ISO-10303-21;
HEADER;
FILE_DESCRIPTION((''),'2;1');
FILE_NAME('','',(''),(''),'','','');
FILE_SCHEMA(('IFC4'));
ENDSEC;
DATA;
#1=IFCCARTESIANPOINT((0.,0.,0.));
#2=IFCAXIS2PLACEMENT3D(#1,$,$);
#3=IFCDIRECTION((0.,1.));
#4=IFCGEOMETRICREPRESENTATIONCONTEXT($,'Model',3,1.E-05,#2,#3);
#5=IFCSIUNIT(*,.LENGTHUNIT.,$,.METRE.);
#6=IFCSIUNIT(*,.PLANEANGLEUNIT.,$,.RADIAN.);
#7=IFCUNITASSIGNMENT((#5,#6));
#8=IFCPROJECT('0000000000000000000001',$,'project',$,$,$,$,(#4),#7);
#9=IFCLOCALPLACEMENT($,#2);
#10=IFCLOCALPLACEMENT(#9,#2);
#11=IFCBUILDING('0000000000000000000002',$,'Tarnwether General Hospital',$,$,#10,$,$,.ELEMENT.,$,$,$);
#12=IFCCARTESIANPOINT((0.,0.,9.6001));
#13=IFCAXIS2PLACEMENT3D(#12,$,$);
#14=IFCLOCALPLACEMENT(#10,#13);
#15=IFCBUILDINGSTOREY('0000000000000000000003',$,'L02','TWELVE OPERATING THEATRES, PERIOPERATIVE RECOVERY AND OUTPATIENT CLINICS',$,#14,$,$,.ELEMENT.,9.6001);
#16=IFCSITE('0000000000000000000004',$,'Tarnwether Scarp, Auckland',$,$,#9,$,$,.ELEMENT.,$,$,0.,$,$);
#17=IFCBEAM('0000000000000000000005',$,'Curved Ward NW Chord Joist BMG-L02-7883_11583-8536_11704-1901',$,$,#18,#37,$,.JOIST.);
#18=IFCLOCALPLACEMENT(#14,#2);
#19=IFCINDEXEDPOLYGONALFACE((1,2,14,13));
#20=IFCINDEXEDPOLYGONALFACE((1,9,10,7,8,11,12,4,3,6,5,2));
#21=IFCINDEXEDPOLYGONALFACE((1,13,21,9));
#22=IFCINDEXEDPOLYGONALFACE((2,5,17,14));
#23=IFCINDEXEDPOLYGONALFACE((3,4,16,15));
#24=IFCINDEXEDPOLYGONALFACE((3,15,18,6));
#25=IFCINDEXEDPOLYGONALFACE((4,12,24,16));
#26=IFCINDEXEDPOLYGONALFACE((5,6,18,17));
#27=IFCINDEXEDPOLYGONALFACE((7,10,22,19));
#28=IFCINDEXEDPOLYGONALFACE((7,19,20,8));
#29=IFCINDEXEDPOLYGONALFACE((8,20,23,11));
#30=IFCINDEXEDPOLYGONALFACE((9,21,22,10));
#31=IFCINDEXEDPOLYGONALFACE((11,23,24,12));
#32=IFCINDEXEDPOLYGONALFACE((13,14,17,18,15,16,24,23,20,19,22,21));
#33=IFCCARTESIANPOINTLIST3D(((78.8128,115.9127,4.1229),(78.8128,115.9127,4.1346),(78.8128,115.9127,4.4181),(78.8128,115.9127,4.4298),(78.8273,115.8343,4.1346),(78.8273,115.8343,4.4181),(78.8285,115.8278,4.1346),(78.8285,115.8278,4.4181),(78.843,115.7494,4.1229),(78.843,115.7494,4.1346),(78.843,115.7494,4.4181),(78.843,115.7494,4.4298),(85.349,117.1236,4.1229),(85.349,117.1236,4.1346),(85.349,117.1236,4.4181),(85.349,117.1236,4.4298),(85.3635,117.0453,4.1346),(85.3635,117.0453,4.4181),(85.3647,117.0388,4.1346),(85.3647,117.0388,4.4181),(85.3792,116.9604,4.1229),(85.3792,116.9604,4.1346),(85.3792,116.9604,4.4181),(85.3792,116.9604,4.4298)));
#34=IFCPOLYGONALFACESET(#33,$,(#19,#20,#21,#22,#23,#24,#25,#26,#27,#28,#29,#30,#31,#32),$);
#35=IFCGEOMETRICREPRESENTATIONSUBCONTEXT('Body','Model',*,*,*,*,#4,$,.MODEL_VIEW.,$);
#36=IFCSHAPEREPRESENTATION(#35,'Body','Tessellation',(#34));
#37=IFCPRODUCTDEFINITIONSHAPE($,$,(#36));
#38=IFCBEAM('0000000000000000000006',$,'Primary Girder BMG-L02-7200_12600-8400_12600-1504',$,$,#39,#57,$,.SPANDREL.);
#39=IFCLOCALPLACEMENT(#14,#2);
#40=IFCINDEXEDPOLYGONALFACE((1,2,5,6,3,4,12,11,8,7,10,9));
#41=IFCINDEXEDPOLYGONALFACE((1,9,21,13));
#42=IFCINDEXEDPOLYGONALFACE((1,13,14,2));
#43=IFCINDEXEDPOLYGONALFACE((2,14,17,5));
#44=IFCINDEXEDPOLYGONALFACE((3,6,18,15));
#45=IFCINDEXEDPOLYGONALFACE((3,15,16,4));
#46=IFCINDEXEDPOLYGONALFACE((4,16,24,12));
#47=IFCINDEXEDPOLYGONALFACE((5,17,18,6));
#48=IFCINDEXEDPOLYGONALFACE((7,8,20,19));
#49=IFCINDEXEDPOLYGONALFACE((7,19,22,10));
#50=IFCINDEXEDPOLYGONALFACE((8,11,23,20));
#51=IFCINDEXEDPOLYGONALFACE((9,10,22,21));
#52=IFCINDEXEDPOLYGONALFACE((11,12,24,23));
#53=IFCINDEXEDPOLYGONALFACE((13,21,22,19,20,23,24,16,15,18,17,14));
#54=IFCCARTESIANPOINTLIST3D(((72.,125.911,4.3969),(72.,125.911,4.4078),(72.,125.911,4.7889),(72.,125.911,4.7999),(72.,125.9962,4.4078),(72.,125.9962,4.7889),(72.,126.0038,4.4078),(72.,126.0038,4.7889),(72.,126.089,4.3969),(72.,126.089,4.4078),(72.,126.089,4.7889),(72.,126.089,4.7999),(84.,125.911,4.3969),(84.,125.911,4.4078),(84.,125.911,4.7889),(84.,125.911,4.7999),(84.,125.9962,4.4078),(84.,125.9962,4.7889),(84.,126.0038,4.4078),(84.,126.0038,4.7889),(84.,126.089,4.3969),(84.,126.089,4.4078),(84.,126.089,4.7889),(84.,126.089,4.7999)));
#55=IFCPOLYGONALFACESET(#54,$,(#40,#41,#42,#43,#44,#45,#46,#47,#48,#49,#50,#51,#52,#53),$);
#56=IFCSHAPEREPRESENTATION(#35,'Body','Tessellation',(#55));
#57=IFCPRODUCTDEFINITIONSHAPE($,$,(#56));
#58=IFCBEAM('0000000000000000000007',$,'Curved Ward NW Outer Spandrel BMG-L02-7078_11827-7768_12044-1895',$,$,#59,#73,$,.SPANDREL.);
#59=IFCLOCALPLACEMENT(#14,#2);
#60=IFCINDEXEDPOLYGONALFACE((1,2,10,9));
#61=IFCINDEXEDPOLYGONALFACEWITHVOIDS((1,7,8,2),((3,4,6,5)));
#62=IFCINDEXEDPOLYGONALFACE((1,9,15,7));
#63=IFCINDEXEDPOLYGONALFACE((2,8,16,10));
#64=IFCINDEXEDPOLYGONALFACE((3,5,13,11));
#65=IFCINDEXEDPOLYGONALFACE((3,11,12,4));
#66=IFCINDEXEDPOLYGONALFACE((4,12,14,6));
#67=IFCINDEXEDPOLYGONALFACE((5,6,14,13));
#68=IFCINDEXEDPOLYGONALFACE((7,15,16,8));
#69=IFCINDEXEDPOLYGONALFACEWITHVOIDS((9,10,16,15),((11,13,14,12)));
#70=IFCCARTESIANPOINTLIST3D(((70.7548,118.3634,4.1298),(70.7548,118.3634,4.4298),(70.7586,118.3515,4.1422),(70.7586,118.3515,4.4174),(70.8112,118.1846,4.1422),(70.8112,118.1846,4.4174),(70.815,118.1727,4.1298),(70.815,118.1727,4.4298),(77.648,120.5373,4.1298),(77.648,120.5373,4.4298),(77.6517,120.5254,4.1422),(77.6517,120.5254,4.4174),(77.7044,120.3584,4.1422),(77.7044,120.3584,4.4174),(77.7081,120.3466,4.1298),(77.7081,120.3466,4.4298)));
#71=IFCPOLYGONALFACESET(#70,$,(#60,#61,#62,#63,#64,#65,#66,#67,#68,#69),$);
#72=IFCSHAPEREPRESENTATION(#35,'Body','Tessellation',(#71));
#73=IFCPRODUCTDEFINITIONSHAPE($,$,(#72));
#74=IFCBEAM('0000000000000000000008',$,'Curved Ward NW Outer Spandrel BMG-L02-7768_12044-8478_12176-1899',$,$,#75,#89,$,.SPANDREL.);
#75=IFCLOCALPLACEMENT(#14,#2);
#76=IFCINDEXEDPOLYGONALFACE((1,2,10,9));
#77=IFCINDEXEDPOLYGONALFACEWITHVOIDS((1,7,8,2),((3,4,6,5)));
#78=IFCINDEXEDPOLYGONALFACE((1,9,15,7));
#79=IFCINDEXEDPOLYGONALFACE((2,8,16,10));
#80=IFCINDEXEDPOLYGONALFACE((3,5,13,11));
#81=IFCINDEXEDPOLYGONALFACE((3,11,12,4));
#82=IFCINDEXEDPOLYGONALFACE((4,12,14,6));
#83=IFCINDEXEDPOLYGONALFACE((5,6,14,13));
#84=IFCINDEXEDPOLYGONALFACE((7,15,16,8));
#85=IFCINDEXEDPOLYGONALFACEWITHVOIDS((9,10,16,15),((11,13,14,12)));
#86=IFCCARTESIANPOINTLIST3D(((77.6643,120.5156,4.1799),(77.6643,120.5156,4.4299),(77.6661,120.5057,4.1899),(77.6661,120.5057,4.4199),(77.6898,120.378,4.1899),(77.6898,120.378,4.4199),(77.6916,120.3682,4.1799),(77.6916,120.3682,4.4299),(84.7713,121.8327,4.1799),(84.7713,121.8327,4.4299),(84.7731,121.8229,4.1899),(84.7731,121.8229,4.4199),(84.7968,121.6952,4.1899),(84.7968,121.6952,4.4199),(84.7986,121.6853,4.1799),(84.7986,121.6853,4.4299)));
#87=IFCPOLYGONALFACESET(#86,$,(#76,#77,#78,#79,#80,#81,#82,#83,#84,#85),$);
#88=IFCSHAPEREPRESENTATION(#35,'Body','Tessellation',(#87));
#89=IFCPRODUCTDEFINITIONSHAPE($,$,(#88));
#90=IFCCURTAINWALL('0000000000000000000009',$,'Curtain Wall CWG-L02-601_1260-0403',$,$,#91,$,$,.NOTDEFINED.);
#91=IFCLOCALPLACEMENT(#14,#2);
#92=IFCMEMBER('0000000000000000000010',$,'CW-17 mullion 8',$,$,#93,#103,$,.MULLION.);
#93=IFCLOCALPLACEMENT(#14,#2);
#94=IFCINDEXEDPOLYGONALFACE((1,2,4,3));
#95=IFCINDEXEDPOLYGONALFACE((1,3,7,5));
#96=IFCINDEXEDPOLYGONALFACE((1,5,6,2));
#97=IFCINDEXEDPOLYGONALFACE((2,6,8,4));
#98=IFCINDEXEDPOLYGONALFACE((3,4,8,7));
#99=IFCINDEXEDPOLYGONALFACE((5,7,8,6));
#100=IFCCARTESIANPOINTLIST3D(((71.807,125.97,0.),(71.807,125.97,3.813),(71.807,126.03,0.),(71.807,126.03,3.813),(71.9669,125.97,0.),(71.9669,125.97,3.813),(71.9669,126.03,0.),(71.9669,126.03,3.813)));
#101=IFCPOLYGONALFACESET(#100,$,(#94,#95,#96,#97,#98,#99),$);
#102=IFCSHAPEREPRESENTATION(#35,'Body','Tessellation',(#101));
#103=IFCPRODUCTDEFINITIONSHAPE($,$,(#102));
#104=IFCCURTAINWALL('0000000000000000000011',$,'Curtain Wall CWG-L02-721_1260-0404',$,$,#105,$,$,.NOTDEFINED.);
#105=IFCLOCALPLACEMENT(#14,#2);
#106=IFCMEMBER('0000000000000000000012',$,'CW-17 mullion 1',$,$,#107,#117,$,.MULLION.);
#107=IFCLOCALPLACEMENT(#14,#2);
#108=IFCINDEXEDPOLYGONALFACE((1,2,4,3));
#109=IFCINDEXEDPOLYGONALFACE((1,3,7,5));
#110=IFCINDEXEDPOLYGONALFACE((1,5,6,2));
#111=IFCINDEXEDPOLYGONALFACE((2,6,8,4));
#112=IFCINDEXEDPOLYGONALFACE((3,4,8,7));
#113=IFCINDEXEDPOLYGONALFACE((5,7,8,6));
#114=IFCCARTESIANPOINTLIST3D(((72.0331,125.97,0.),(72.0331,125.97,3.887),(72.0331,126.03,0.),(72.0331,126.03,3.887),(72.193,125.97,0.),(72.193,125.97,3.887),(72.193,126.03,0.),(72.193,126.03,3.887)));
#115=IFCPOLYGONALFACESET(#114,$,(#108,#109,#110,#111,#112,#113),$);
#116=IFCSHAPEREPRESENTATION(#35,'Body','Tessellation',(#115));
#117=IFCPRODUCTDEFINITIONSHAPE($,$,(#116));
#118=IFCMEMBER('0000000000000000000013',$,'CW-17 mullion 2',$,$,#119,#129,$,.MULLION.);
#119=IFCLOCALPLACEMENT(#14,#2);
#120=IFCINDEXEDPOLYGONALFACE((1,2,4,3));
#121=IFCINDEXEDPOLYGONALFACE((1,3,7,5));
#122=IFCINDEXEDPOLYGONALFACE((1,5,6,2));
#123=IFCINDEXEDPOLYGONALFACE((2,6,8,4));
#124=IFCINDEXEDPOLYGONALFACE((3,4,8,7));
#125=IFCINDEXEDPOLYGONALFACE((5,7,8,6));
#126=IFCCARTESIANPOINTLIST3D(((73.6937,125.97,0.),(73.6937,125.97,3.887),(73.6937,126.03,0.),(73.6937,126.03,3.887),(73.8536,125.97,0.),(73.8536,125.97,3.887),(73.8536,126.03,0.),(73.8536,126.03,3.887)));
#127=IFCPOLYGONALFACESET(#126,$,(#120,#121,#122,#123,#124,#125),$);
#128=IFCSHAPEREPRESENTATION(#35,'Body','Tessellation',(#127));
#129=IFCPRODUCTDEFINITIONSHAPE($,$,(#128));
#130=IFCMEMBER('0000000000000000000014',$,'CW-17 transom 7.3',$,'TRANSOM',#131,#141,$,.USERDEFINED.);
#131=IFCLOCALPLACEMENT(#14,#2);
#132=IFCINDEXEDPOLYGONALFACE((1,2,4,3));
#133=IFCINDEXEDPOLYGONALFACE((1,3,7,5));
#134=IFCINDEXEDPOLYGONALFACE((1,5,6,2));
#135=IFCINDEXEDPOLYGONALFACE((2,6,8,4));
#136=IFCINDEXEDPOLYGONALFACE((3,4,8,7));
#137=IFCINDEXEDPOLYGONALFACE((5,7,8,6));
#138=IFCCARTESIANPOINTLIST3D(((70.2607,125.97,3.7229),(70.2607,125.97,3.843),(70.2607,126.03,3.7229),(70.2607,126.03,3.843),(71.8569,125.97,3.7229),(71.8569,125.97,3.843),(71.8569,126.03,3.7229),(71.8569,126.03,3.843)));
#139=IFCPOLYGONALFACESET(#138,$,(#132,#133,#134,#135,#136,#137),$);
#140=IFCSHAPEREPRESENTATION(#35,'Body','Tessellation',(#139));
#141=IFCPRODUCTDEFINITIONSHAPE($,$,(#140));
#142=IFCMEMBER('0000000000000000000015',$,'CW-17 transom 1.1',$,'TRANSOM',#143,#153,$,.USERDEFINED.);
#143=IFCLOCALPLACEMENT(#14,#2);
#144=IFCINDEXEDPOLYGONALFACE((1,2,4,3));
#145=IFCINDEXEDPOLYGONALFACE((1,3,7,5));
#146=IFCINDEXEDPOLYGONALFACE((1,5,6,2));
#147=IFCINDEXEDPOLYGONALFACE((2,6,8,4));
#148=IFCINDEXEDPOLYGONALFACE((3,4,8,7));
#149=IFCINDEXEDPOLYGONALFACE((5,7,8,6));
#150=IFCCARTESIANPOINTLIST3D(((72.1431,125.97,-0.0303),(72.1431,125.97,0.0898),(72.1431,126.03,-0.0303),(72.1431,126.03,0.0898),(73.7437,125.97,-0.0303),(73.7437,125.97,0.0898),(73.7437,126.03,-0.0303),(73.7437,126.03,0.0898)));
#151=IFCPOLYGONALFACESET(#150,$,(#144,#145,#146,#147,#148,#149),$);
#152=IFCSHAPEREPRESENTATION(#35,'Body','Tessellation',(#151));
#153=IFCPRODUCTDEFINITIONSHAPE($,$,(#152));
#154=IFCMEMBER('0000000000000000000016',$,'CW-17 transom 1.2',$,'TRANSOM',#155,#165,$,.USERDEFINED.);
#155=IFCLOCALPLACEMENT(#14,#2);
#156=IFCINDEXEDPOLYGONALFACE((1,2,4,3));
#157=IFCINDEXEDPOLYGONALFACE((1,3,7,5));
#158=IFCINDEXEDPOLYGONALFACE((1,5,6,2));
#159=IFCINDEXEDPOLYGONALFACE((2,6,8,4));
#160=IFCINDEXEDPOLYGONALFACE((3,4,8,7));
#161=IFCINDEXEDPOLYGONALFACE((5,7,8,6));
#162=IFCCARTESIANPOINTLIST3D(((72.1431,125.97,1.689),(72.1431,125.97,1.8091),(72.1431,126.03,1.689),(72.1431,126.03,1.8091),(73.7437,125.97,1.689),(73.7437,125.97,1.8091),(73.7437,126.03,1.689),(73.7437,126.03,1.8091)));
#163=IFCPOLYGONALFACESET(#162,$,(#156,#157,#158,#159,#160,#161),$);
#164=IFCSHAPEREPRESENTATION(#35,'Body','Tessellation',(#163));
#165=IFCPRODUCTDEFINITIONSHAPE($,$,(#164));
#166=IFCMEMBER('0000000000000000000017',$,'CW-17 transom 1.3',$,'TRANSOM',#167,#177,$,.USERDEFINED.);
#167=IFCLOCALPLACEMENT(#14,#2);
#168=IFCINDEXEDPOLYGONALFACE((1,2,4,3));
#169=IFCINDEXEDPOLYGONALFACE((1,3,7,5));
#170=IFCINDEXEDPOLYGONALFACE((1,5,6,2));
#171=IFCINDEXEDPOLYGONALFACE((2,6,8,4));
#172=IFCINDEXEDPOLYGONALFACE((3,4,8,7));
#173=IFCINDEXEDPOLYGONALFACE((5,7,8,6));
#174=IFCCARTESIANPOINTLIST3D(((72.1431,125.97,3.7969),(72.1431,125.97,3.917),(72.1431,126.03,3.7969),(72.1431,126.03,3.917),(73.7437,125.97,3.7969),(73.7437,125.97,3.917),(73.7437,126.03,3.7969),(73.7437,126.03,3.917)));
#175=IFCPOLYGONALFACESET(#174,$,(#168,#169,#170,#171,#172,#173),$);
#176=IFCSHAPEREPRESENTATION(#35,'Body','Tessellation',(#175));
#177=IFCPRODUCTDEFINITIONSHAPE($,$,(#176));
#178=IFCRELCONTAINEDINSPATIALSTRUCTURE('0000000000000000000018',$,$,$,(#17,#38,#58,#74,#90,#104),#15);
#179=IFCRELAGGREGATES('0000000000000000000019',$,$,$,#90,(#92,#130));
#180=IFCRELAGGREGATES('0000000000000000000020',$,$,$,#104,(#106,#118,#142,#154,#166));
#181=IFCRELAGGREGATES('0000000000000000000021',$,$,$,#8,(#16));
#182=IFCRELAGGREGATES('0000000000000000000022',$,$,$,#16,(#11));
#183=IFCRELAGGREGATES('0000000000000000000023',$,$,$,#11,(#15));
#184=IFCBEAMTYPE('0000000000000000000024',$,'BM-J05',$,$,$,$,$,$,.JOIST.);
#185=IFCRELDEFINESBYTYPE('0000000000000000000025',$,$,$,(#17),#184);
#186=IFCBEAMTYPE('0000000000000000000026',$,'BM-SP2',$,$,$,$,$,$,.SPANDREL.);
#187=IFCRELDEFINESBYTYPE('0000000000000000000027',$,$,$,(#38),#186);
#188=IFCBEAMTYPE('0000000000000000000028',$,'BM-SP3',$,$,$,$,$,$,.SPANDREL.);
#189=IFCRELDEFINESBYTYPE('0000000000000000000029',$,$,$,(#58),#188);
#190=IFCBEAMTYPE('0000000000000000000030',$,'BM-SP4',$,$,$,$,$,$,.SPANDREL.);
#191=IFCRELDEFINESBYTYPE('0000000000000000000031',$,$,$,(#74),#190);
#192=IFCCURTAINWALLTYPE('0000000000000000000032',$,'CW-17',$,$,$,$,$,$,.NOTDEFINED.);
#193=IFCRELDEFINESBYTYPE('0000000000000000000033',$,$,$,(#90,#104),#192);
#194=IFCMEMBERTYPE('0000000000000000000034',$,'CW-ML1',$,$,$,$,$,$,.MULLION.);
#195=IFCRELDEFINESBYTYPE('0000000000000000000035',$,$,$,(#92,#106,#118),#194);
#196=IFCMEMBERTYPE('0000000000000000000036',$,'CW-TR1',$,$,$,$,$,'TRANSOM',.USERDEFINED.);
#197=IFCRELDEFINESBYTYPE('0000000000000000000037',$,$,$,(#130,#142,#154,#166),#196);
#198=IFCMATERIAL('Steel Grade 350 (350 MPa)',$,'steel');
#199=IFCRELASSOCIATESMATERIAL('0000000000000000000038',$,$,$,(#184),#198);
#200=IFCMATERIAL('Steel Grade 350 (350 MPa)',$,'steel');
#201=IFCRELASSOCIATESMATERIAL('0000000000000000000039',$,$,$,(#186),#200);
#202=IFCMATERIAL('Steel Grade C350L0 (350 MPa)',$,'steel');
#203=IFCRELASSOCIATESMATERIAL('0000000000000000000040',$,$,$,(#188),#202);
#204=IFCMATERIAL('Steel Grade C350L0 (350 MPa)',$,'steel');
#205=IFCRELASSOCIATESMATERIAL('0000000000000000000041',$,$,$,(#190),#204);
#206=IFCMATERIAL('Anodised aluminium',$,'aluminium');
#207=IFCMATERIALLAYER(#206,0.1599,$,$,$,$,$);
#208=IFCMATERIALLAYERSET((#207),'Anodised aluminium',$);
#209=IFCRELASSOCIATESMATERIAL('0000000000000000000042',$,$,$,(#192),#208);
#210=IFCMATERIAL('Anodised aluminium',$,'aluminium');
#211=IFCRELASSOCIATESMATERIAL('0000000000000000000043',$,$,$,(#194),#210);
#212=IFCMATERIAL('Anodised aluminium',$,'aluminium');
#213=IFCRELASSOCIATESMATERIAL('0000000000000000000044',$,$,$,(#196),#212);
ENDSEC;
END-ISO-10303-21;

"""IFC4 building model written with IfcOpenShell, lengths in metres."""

from ifc_helpers import new_model, si_unit, direction, frame, origin, origin_2d, place, context, subcontext, project, spatial, rectangle, hollow_rectangle, i_section, extrude, material, layer, layer_set, material_profile, profile_set, type_object, element, aggregate, save


model = new_model("IFC4")

# Units and contexts
model_context = context("Model", 3, precision=1e-05, world=origin(), true_north=direction((0.0, 1.0)))
body_context = subcontext(model_context, "Body", "Model", "MODEL_VIEW")
ifc_project = project(units=[si_unit("LENGTHUNIT", "METRE"), si_unit("PLANEANGLEUNIT", "RADIAN")], contexts=[model_context])

# Site, building, storey
site_placement = place(None, origin())
site = spatial("IfcSite", under=ifc_project, at=site_placement, Name="Tarnwether Scarp, Auckland", CompositionType="ELEMENT", RefElevation=0.0)
building_placement = place(site_placement, origin())
building = spatial("IfcBuilding", under=site, at=building_placement, Name="Tarnwether General Hospital", CompositionType="ELEMENT")
storey_placement = place(building_placement, frame((0.0, 0.0, 9.6001)))
storey = spatial("IfcBuildingStorey", under=building, at=storey_placement, Name="L02", Description="TWELVE OPERATING THEATRES, PERIOPERATIVE RECOVERY AND OUTPATIENT CLINICS", CompositionType="ELEMENT", Elevation=9.6001)

# Beams
ifc_material_1 = material(Name="Steel Grade 350 (350 MPa)", Category="steel")
ifc_material_profile_1 = material_profile(ifc_material_1, i_section(OverallWidth=0.166, OverallDepth=0.3069, WebThickness=0.0066, FlangeThickness=0.0117, at=origin_2d()), Name="310UB46.2")
ifc_profile_set_1 = profile_set([ifc_material_profile_1], Name="Steel Grade 350 (350 MPa)")
beam_type_1 = type_object("IfcBeamType", Name="BM-J05", PredefinedType="JOIST", material=ifc_profile_set_1)
beam_1_placement = place(storey_placement, frame((78.8279, 115.8311, 4.2764), z_axis=(0.983267, 0.182168, 0.0), x_axis=(-0.182168, 0.983267, 0.0)))
element("IfcBeam", 1, at=beam_1_placement, inside=storey, type_object=beam_type_1, Name="Curved Ward NW Chord Joist BMG-L02-7883_11583-8536_11704-1901", PredefinedType="JOIST", context=body_context, shape_type="SweptSolid", body=[
    extrude(i_section(OverallWidth=0.166, OverallDepth=0.3069, WebThickness=0.0066, FlangeThickness=0.0117, at=origin_2d()), origin(), (0.0, 0.0, 1.0), 6.6475),
])
ifc_material_2 = material(Name="Steel Grade 350 (350 MPa)", Category="steel")
ifc_material_profile_2 = material_profile(ifc_material_2, i_section(OverallWidth=0.178, OverallDepth=0.4031, WebThickness=0.0076, FlangeThickness=0.011, at=origin_2d()), Name="410UB53.7")
ifc_profile_set_2 = profile_set([ifc_material_profile_2], Name="Steel Grade 350 (350 MPa)")
beam_type_2 = type_object("IfcBeamType", Name="BM-SP2", PredefinedType="SPANDREL", material=ifc_profile_set_2)
beam_2_placement = place(storey_placement, frame((72.0, 126.0, 4.5984), z_axis=(1.0, 0.0, 0.0), x_axis=(0.0, 1.0, 0.0)))
element("IfcBeam", 2, at=beam_2_placement, inside=storey, type_object=beam_type_2, Name="Primary Girder BMG-L02-7200_12600-8400_12600-1504", PredefinedType="SPANDREL", context=body_context, shape_type="SweptSolid", body=[
    extrude(i_section(OverallWidth=0.178, OverallDepth=0.4031, WebThickness=0.0076, FlangeThickness=0.011, at=origin_2d()), origin(), (0.0, 0.0, 1.0), 12.0),
])
ifc_material_3 = material(Name="Steel Grade C350L0 (350 MPa)", Category="steel")
ifc_material_profile_3 = material_profile(ifc_material_3, hollow_rectangle(XDim=0.2, YDim=0.3, WallThickness=0.0125, at=origin_2d()), Name="RHS300x200x12.5")
ifc_profile_set_3 = profile_set([ifc_material_profile_3], Name="Steel Grade C350L0 (350 MPa)")
beam_type_3 = type_object("IfcBeamType", Name="BM-SP3", PredefinedType="SPANDREL", material=ifc_profile_set_3)
beam_3_placement = place(storey_placement, frame((70.7849, 118.2681, 4.2798), z_axis=(0.953699, 0.300763, 0.0), x_axis=(-0.300763, 0.953699, 0.0)))
element("IfcBeam", 3, at=beam_3_placement, inside=storey, type_object=beam_type_3, Name="Curved Ward NW Outer Spandrel BMG-L02-7078_11827-7768_12044-1895", PredefinedType="SPANDREL", context=body_context, shape_type="SweptSolid", body=[
    extrude(hollow_rectangle(XDim=0.2, YDim=0.3, WallThickness=0.0125, at=origin_2d()), origin(), (0.0, 0.0, 1.0), 7.2278),
])
ifc_material_4 = material(Name="Steel Grade C350L0 (350 MPa)", Category="steel")
ifc_material_profile_4 = material_profile(ifc_material_4, hollow_rectangle(XDim=0.1499, YDim=0.25, WallThickness=0.01, at=origin_2d()), Name="RHS250x150x10")
ifc_profile_set_4 = profile_set([ifc_material_profile_4], Name="Steel Grade C350L0 (350 MPa)")
beam_type_4 = type_object("IfcBeamType", Name="BM-SP4", PredefinedType="SPANDREL", material=ifc_profile_set_4)
beam_4_placement = place(storey_placement, frame((77.678, 120.4419, 4.3049), z_axis=(0.983256, 0.182228, 0.0), x_axis=(-0.182228, 0.983256, 0.0)))
element("IfcBeam", 4, at=beam_4_placement, inside=storey, type_object=beam_type_4, Name="Curved Ward NW Outer Spandrel BMG-L02-7768_12044-8478_12176-1899", PredefinedType="SPANDREL", context=body_context, shape_type="SweptSolid", body=[
    extrude(hollow_rectangle(XDim=0.1499, YDim=0.25, WallThickness=0.01, at=origin_2d()), origin(), (0.0, 0.0, 1.0), 7.228),
])

# Curtain wall, member
ifc_material_5 = material(Name="Anodised aluminium", Category="aluminium")
ifc_layer_1 = layer(ifc_material_5, 0.1599)
ifc_layer_set_1 = layer_set([ifc_layer_1], Name="Anodised aluminium")
curtain_wall_type = type_object("IfcCurtainWallType", Name="CW-17", PredefinedType="NOTDEFINED", material=ifc_layer_set_1)
curtain_wall_1_placement = place(storey_placement, origin())
curtain_wall_1 = element("IfcCurtainWall", 5, at=curtain_wall_1_placement, inside=storey, type_object=curtain_wall_type, Name="Curtain Wall CWG-L02-601_1260-0403", PredefinedType="NOTDEFINED")
ifc_material_6 = material(Name="Anodised aluminium", Category="aluminium")
ifc_material_profile_5 = material_profile(ifc_material_6, rectangle(XDim=0.0601, YDim=0.1599, at=origin_2d()), Name="ALU-MUL-60x160")
ifc_profile_set_5 = profile_set([ifc_material_profile_5], Name="Anodised aluminium")
member_type_1 = type_object("IfcMemberType", Name="CW-ML1", PredefinedType="MULLION", material=ifc_profile_set_5)
member_1_placement = place(storey_placement, frame((71.887, 126.0, 0.0), z_axis=(0.0, 0.0, 1.0), x_axis=(0.0, 1.0, 0.0)))
member_1 = element("IfcMember", 6, at=member_1_placement, type_object=member_type_1, Name="CW-17 mullion 8", PredefinedType="MULLION", context=body_context, shape_type="SweptSolid", body=[
    extrude(rectangle(XDim=0.0601, YDim=0.1599, at=origin_2d()), origin(), (0.0, 0.0, 1.0), 3.813),
])

# Curtain wall, members
curtain_wall_2_placement = place(storey_placement, origin())
curtain_wall_2 = element("IfcCurtainWall", 7, at=curtain_wall_2_placement, inside=storey, type_object=curtain_wall_type, Name="Curtain Wall CWG-L02-721_1260-0404", PredefinedType="NOTDEFINED")
member_2_placement = place(storey_placement, frame((72.113, 126.0, 0.0), z_axis=(0.0, 0.0, 1.0), x_axis=(0.0, 1.0, 0.0)))
member_2 = element("IfcMember", 8, at=member_2_placement, type_object=member_type_1, Name="CW-17 mullion 1", PredefinedType="MULLION", context=body_context, shape_type="SweptSolid", body=[
    extrude(rectangle(XDim=0.0601, YDim=0.1599, at=origin_2d()), origin(), (0.0, 0.0, 1.0), 3.887),
])
member_3_placement = place(storey_placement, frame((73.7737, 126.0, 0.0), z_axis=(0.0, 0.0, 1.0), x_axis=(0.0, 1.0, 0.0)))
member_3 = element("IfcMember", 9, at=member_3_placement, type_object=member_type_1, Name="CW-17 mullion 2", PredefinedType="MULLION", context=body_context, shape_type="SweptSolid", body=[
    extrude(rectangle(XDim=0.0601, YDim=0.1599, at=origin_2d()), origin(), (0.0, 0.0, 1.0), 3.887),
])

# Members
ifc_material_7 = material(Name="Anodised aluminium", Category="aluminium")
ifc_material_profile_6 = material_profile(ifc_material_7, rectangle(XDim=0.0601, YDim=0.1201, at=origin_2d()), Name="ALU-TRN-60x120")
ifc_profile_set_6 = profile_set([ifc_material_profile_6], Name="Anodised aluminium")
member_type_2 = type_object("IfcMemberType", Name="CW-TR1", ElementType="TRANSOM", PredefinedType="USERDEFINED", material=ifc_profile_set_6)
member_4_placement = place(storey_placement, frame((70.2607, 126.0, 3.783), z_axis=(1.0, 0.0, 0.0), x_axis=(0.0, 1.0, 0.0)))
member_4 = element("IfcMember", 10, at=member_4_placement, type_object=member_type_2, Name="CW-17 transom 7.3", ObjectType="TRANSOM", PredefinedType="USERDEFINED", context=body_context, shape_type="SweptSolid", body=[
    extrude(rectangle(XDim=0.0601, YDim=0.1201, at=origin_2d()), origin(), (0.0, 0.0, 1.0), 1.5962),
])
member_5_placement = place(storey_placement, frame((72.1431, 126.0, 0.0298), z_axis=(1.0, 0.0, 0.0), x_axis=(0.0, 1.0, 0.0)))
member_5 = element("IfcMember", 11, at=member_5_placement, type_object=member_type_2, Name="CW-17 transom 1.1", ObjectType="TRANSOM", PredefinedType="USERDEFINED", context=body_context, shape_type="SweptSolid", body=[
    extrude(rectangle(XDim=0.0601, YDim=0.1201, at=origin_2d()), origin(), (0.0, 0.0, 1.0), 1.6006),
])
member_6_placement = place(storey_placement, frame((72.1431, 126.0, 1.749), z_axis=(1.0, 0.0, 0.0), x_axis=(0.0, 1.0, 0.0)))
member_6 = element("IfcMember", 12, at=member_6_placement, type_object=member_type_2, Name="CW-17 transom 1.2", ObjectType="TRANSOM", PredefinedType="USERDEFINED", context=body_context, shape_type="SweptSolid", body=[
    extrude(rectangle(XDim=0.0601, YDim=0.1201, at=origin_2d()), origin(), (0.0, 0.0, 1.0), 1.6006),
])
member_7_placement = place(storey_placement, frame((72.1431, 126.0, 3.8569), z_axis=(1.0, 0.0, 0.0), x_axis=(0.0, 1.0, 0.0)))
member_7 = element("IfcMember", 13, at=member_7_placement, type_object=member_type_2, Name="CW-17 transom 1.3", ObjectType="TRANSOM", PredefinedType="USERDEFINED", context=body_context, shape_type="SweptSolid", body=[
    extrude(rectangle(XDim=0.0601, YDim=0.1201, at=origin_2d()), origin(), (0.0, 0.0, 1.0), 1.6006),
])

aggregate(curtain_wall_1, [member_1, member_4])
aggregate(curtain_wall_2, [member_2, member_3, member_5, member_6, member_7])

save(model, "model.ifc")
